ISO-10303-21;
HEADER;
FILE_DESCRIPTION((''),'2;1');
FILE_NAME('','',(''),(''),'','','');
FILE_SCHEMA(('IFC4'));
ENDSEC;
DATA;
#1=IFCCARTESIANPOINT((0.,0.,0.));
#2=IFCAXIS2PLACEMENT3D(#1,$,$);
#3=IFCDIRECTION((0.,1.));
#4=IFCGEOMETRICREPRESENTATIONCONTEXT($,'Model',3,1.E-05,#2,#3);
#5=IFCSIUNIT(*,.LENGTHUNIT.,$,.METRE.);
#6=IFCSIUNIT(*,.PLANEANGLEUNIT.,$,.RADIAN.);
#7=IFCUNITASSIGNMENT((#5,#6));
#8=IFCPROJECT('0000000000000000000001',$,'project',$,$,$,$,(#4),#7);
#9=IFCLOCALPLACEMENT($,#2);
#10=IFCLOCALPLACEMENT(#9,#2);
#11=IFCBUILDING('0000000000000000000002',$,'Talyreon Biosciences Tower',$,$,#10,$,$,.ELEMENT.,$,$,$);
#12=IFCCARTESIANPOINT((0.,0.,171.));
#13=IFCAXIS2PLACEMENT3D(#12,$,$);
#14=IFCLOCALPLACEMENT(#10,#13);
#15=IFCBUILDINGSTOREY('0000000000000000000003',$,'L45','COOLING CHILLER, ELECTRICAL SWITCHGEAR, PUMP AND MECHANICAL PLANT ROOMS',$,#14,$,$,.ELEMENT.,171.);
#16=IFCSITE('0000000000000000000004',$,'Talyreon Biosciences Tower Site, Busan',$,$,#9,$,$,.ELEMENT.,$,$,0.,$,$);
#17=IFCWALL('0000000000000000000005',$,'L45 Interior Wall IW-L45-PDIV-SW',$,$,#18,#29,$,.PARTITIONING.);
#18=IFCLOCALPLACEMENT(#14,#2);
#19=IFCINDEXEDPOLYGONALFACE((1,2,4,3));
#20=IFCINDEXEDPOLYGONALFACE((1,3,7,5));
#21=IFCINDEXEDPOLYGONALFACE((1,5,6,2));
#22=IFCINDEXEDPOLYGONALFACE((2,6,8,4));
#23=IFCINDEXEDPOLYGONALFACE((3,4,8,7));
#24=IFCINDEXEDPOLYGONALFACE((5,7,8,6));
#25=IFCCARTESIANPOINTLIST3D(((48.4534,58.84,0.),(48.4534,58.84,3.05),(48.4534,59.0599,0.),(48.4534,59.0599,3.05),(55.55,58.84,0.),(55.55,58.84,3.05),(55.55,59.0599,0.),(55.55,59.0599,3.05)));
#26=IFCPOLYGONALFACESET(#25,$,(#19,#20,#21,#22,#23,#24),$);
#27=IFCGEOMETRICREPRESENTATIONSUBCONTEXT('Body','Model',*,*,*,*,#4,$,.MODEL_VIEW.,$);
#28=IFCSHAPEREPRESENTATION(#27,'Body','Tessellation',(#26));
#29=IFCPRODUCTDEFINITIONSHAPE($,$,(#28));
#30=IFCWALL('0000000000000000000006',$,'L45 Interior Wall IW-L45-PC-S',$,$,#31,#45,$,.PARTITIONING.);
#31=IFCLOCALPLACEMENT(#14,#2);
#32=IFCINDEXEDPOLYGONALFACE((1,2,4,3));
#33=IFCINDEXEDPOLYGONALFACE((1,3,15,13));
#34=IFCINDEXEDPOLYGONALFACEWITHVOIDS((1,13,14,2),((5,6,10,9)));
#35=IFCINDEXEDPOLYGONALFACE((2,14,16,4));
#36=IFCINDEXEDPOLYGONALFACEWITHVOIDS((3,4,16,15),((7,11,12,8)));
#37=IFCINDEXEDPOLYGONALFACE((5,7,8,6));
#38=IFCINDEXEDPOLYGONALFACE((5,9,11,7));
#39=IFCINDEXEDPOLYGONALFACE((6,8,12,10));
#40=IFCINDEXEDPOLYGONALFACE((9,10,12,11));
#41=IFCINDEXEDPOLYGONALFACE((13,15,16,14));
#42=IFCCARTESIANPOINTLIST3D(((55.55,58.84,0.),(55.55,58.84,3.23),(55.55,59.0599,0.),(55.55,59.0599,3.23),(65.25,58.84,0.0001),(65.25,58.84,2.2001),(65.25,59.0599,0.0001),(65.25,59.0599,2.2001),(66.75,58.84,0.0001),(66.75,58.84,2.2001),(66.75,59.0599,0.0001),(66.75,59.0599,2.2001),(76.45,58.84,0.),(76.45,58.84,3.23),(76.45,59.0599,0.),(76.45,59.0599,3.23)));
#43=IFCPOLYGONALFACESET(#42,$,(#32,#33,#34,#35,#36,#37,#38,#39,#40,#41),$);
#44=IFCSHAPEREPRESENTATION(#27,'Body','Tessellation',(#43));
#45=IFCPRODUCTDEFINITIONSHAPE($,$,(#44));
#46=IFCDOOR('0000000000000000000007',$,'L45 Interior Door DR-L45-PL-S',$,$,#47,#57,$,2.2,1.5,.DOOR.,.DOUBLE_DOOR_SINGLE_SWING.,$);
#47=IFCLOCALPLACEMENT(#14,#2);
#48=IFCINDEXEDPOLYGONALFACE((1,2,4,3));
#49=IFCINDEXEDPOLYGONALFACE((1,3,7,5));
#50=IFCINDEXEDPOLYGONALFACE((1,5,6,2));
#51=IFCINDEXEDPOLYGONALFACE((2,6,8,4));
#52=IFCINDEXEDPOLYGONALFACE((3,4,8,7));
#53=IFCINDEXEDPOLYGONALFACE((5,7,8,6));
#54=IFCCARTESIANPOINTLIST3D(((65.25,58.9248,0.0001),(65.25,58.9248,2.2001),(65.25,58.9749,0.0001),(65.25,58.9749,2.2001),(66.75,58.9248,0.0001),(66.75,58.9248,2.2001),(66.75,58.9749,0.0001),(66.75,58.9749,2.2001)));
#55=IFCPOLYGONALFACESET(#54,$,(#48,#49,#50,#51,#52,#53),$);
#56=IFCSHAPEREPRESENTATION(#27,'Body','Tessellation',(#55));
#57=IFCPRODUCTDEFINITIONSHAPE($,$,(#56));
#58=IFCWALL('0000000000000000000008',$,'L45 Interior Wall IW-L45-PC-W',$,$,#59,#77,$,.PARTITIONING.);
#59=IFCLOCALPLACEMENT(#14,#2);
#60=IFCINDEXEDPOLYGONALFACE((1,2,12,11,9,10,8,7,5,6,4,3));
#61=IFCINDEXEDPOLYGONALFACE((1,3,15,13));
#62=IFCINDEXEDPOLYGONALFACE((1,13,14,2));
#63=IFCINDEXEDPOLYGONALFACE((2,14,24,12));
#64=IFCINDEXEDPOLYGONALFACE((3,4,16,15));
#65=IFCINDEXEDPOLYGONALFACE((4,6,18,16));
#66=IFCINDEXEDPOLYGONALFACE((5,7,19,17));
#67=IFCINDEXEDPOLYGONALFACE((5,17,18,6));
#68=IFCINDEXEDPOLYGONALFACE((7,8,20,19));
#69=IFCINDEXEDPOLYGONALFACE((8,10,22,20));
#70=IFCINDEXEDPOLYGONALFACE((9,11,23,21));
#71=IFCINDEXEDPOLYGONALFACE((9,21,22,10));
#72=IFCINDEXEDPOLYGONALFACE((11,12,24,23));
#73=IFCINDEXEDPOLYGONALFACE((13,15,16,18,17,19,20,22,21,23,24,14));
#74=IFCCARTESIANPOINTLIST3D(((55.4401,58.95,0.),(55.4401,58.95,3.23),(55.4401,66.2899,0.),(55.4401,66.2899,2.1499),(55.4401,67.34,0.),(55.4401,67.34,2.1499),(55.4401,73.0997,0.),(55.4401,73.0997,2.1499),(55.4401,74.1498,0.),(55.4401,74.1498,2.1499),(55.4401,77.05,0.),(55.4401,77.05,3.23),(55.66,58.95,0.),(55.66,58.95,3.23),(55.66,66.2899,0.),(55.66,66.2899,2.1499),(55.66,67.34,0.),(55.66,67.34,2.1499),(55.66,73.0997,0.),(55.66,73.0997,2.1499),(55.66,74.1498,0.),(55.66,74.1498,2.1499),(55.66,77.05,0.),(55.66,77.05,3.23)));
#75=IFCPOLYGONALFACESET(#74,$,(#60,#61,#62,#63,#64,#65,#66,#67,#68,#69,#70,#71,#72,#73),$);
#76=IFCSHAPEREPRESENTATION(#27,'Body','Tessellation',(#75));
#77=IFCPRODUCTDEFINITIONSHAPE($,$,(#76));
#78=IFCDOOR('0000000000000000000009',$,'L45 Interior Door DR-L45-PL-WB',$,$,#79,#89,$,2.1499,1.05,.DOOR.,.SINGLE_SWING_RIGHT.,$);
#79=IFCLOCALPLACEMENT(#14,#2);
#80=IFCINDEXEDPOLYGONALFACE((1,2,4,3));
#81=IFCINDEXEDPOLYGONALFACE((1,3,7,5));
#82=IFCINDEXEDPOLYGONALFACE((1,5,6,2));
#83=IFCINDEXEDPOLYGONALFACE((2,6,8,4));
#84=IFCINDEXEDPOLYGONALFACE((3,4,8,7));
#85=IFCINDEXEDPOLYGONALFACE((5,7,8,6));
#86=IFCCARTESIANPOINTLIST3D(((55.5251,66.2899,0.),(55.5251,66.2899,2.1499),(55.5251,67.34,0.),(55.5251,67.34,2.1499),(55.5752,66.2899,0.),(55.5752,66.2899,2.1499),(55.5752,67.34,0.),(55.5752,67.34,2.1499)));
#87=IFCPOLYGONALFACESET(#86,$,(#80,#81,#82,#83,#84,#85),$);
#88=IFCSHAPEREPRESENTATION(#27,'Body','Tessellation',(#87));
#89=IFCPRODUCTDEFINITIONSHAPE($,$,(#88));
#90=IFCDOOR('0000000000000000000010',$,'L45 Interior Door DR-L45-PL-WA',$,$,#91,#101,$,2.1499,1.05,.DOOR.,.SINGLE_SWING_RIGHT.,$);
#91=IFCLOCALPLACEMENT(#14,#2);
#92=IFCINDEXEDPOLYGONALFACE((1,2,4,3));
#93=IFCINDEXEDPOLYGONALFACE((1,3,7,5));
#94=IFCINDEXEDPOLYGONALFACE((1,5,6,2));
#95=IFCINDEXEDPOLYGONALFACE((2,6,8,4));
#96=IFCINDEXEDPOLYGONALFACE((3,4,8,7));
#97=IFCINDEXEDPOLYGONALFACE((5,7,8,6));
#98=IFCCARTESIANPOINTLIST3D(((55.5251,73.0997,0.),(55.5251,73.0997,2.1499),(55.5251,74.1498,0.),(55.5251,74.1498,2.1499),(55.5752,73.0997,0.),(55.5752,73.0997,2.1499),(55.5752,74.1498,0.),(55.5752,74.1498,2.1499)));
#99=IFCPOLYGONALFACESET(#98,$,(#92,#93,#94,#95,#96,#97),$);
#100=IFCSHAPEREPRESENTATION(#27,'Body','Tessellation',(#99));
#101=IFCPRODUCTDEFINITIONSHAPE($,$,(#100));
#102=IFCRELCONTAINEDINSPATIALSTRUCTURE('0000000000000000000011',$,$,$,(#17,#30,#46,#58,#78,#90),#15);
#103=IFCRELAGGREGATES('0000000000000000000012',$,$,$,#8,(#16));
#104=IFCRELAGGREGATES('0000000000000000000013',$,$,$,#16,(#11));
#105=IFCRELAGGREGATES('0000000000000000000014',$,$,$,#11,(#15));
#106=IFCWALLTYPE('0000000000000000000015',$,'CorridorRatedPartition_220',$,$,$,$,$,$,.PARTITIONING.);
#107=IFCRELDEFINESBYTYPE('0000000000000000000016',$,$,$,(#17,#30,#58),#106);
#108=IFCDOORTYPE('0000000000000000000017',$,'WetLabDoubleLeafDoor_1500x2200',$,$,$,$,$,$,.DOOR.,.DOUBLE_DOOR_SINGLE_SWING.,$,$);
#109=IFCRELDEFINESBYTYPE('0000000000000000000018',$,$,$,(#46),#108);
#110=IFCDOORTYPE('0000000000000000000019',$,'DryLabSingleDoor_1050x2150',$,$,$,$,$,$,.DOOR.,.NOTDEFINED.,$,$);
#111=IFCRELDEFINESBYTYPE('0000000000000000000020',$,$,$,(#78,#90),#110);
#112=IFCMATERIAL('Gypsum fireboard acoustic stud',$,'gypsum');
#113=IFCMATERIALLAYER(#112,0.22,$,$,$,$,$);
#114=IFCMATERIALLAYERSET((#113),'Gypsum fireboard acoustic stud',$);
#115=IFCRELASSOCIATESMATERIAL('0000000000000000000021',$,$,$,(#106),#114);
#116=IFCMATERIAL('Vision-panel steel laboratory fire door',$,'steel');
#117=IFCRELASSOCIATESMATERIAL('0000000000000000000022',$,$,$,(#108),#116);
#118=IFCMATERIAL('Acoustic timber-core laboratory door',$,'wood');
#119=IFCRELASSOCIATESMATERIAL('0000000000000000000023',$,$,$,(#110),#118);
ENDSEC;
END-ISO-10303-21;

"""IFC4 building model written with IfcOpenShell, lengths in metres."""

from ifc_helpers import new_model, si_unit, direction, frame, frame_2d, origin, place, context, subcontext, project, spatial, rectangle, extrude, material, layer, layer_set, type_object, element, fill, save


model = new_model("IFC4")

# Units and contexts
model_context = context("Model", 3, precision=1e-05, world=origin(), true_north=direction((0.0, 1.0)))
body_context = subcontext(model_context, "Body", "Model", "MODEL_VIEW")
ifc_project = project(units=[si_unit("LENGTHUNIT", "METRE"), si_unit("PLANEANGLEUNIT", "RADIAN")], contexts=[model_context])

# Site, building, storey
site_placement = place(None, origin())
site = spatial("IfcSite", under=ifc_project, at=site_placement, Name="Talyreon Biosciences Tower Site, Busan", CompositionType="ELEMENT", RefElevation=0.0)
building_placement = place(site_placement, origin())
building = spatial("IfcBuilding", under=site, at=building_placement, Name="Talyreon Biosciences Tower", CompositionType="ELEMENT")
storey_placement = place(building_placement, frame((0.0, 0.0, 171.0)))
storey = spatial("IfcBuildingStorey", under=building, at=storey_placement, Name="L45", Description="COOLING CHILLER, ELECTRICAL SWITCHGEAR, PUMP AND MECHANICAL PLANT ROOMS", CompositionType="ELEMENT", Elevation=171.0)

# Wall
ifc_material_1 = material(Name="Gypsum fireboard acoustic stud", Category="gypsum")
ifc_layer_1 = layer(ifc_material_1, 0.22)
ifc_layer_set_1 = layer_set([ifc_layer_1], Name="Gypsum fireboard acoustic stud")
wall_type = type_object("IfcWallType", Name="CorridorRatedPartition_220", PredefinedType="PARTITIONING", material=ifc_layer_set_1)
wall_1_placement = place(storey_placement, frame((48.4534, 58.95, 0.0), z_axis=(0.0, 0.0, 1.0), x_axis=(1.0, 0.0, 0.0)))
element("IfcWall", 1, at=wall_1_placement, inside=storey, type_object=wall_type, Name="L45 Interior Wall IW-L45-PDIV-SW", PredefinedType="PARTITIONING", context=body_context, shape_type="SweptSolid", body=[
    extrude(rectangle(XDim=7.0967, YDim=0.22, at=frame_2d((3.5483, 0.0))), origin(), (0.0, 0.0, 1.0), 3.05),
])

# Wall, opening, door
wall_2_placement = place(storey_placement, frame((55.55, 58.95, 0.0), z_axis=(0.0, 0.0, 1.0), x_axis=(1.0, 0.0, 0.0)))
wall_2 = element("IfcWall", 2, at=wall_2_placement, inside=storey, type_object=wall_type, Name="L45 Interior Wall IW-L45-PC-S", PredefinedType="PARTITIONING", context=body_context, shape_type="SweptSolid", body=[
    extrude(rectangle(XDim=20.8999, YDim=0.22, at=frame_2d((10.45, 0.0))), origin(), (0.0, 0.0, 1.0), 3.23),
])
opening_1_placement = place(wall_2_placement, frame((9.7, 0.0, 0.0)))
opening_1 = element("IfcOpeningElement", 3, at=opening_1_placement, cuts=wall_2, PredefinedType="OPENING", context=body_context, shape_type="SweptSolid", body=[
    extrude(rectangle(XDim=1.5, YDim=2.2, at=frame_2d((0.75, 1.1001))), frame((0.0, 0.1199, 0.0), z_axis=(0.0, -1.0, 0.0), x_axis=(1.0, 0.0, 0.0)), (0.0, 0.0, 1.0), 0.24),
])
ifc_material_2 = material(Name="Vision-panel steel laboratory fire door", Category="steel")
door_type_1 = type_object("IfcDoorType", Name="WetLabDoubleLeafDoor_1500x2200", OperationType="DOUBLE_DOOR_SINGLE_SWING", PredefinedType="DOOR", material=ifc_material_2)
door_1_placement = place(opening_1_placement, origin())
door_1 = element("IfcDoor", 4, at=door_1_placement, inside=storey, type_object=door_type_1, Name="L45 Interior Door DR-L45-PL-S", OperationType="DOUBLE_DOOR_SINGLE_SWING", OverallHeight=2.2, OverallWidth=1.5, PredefinedType="DOOR", context=body_context, shape_type="SweptSolid", body=[
    extrude(rectangle(XDim=1.5, YDim=2.2, at=frame_2d((0.75, 1.1001))), frame((0.0, 0.0249, 0.0), z_axis=(0.0, -1.0, 0.0), x_axis=(1.0, 0.0, 0.0)), (0.0, 0.0, 1.0), 0.05),
])
fill(opening_1, door_1)

# Wall, openings, doors
wall_3_placement = place(storey_placement, frame((55.55, 58.95, 0.0), z_axis=(0.0, 0.0, 1.0), x_axis=(0.0, 1.0, 0.0)))
wall_3 = element("IfcWall", 5, at=wall_3_placement, inside=storey, type_object=wall_type, Name="L45 Interior Wall IW-L45-PC-W", PredefinedType="PARTITIONING", context=body_context, shape_type="SweptSolid", body=[
    extrude(rectangle(XDim=18.1001, YDim=0.22, at=frame_2d((9.05, 0.0))), origin(), (0.0, 0.0, 1.0), 3.23),
])
opening_2_placement = place(wall_3_placement, frame((7.3401, 0.0, 0.0)))
opening_2 = element("IfcOpeningElement", 6, at=opening_2_placement, cuts=wall_3, PredefinedType="OPENING", context=body_context, shape_type="SweptSolid", body=[
    extrude(rectangle(XDim=1.05, YDim=2.1499, at=frame_2d((0.5249, 1.075))), frame((0.0, 0.1199, 0.0), z_axis=(0.0, -1.0, 0.0), x_axis=(1.0, 0.0, 0.0)), (0.0, 0.0, 1.0), 0.24),
])
opening_3_placement = place(wall_3_placement, frame((14.1499, 0.0, 0.0)))
opening_3 = element("IfcOpeningElement", 7, at=opening_3_placement, cuts=wall_3, PredefinedType="OPENING", context=body_context, shape_type="SweptSolid", body=[
    extrude(rectangle(XDim=1.05, YDim=2.1499, at=frame_2d((0.5249, 1.075))), frame((0.0, 0.1199, 0.0), z_axis=(0.0, -1.0, 0.0), x_axis=(1.0, 0.0, 0.0)), (0.0, 0.0, 1.0), 0.24),
])
ifc_material_3 = material(Name="Acoustic timber-core laboratory door", Category="wood")
door_type_2 = type_object("IfcDoorType", Name="DryLabSingleDoor_1050x2150", OperationType="NOTDEFINED", PredefinedType="DOOR", material=ifc_material_3)
door_2_placement = place(opening_2_placement, origin())
door_2 = element("IfcDoor", 8, at=door_2_placement, inside=storey, type_object=door_type_2, Name="L45 Interior Door DR-L45-PL-WB", OperationType="SINGLE_SWING_RIGHT", OverallHeight=2.1499, OverallWidth=1.05, PredefinedType="DOOR", context=body_context, shape_type="SweptSolid", body=[
    extrude(rectangle(XDim=1.05, YDim=2.1499, at=frame_2d((0.5249, 1.075))), frame((0.0, 0.0249, 0.0), z_axis=(0.0, -1.0, 0.0), x_axis=(1.0, 0.0, 0.0)), (0.0, 0.0, 1.0), 0.05),
])
fill(opening_2, door_2)
door_3_placement = place(opening_3_placement, origin())
door_3 = element("IfcDoor", 9, at=door_3_placement, inside=storey, type_object=door_type_2, Name="L45 Interior Door DR-L45-PL-WA", OperationType="SINGLE_SWING_RIGHT", OverallHeight=2.1499, OverallWidth=1.05, PredefinedType="DOOR", context=body_context, shape_type="SweptSolid", body=[
    extrude(rectangle(XDim=1.05, YDim=2.1499, at=frame_2d((0.5249, 1.075))), frame((0.0, 0.0249, 0.0), z_axis=(0.0, -1.0, 0.0), x_axis=(1.0, 0.0, 0.0)), (0.0, 0.0, 1.0), 0.05),
])
fill(opening_3, door_3)

save(model, "model.ifc")
